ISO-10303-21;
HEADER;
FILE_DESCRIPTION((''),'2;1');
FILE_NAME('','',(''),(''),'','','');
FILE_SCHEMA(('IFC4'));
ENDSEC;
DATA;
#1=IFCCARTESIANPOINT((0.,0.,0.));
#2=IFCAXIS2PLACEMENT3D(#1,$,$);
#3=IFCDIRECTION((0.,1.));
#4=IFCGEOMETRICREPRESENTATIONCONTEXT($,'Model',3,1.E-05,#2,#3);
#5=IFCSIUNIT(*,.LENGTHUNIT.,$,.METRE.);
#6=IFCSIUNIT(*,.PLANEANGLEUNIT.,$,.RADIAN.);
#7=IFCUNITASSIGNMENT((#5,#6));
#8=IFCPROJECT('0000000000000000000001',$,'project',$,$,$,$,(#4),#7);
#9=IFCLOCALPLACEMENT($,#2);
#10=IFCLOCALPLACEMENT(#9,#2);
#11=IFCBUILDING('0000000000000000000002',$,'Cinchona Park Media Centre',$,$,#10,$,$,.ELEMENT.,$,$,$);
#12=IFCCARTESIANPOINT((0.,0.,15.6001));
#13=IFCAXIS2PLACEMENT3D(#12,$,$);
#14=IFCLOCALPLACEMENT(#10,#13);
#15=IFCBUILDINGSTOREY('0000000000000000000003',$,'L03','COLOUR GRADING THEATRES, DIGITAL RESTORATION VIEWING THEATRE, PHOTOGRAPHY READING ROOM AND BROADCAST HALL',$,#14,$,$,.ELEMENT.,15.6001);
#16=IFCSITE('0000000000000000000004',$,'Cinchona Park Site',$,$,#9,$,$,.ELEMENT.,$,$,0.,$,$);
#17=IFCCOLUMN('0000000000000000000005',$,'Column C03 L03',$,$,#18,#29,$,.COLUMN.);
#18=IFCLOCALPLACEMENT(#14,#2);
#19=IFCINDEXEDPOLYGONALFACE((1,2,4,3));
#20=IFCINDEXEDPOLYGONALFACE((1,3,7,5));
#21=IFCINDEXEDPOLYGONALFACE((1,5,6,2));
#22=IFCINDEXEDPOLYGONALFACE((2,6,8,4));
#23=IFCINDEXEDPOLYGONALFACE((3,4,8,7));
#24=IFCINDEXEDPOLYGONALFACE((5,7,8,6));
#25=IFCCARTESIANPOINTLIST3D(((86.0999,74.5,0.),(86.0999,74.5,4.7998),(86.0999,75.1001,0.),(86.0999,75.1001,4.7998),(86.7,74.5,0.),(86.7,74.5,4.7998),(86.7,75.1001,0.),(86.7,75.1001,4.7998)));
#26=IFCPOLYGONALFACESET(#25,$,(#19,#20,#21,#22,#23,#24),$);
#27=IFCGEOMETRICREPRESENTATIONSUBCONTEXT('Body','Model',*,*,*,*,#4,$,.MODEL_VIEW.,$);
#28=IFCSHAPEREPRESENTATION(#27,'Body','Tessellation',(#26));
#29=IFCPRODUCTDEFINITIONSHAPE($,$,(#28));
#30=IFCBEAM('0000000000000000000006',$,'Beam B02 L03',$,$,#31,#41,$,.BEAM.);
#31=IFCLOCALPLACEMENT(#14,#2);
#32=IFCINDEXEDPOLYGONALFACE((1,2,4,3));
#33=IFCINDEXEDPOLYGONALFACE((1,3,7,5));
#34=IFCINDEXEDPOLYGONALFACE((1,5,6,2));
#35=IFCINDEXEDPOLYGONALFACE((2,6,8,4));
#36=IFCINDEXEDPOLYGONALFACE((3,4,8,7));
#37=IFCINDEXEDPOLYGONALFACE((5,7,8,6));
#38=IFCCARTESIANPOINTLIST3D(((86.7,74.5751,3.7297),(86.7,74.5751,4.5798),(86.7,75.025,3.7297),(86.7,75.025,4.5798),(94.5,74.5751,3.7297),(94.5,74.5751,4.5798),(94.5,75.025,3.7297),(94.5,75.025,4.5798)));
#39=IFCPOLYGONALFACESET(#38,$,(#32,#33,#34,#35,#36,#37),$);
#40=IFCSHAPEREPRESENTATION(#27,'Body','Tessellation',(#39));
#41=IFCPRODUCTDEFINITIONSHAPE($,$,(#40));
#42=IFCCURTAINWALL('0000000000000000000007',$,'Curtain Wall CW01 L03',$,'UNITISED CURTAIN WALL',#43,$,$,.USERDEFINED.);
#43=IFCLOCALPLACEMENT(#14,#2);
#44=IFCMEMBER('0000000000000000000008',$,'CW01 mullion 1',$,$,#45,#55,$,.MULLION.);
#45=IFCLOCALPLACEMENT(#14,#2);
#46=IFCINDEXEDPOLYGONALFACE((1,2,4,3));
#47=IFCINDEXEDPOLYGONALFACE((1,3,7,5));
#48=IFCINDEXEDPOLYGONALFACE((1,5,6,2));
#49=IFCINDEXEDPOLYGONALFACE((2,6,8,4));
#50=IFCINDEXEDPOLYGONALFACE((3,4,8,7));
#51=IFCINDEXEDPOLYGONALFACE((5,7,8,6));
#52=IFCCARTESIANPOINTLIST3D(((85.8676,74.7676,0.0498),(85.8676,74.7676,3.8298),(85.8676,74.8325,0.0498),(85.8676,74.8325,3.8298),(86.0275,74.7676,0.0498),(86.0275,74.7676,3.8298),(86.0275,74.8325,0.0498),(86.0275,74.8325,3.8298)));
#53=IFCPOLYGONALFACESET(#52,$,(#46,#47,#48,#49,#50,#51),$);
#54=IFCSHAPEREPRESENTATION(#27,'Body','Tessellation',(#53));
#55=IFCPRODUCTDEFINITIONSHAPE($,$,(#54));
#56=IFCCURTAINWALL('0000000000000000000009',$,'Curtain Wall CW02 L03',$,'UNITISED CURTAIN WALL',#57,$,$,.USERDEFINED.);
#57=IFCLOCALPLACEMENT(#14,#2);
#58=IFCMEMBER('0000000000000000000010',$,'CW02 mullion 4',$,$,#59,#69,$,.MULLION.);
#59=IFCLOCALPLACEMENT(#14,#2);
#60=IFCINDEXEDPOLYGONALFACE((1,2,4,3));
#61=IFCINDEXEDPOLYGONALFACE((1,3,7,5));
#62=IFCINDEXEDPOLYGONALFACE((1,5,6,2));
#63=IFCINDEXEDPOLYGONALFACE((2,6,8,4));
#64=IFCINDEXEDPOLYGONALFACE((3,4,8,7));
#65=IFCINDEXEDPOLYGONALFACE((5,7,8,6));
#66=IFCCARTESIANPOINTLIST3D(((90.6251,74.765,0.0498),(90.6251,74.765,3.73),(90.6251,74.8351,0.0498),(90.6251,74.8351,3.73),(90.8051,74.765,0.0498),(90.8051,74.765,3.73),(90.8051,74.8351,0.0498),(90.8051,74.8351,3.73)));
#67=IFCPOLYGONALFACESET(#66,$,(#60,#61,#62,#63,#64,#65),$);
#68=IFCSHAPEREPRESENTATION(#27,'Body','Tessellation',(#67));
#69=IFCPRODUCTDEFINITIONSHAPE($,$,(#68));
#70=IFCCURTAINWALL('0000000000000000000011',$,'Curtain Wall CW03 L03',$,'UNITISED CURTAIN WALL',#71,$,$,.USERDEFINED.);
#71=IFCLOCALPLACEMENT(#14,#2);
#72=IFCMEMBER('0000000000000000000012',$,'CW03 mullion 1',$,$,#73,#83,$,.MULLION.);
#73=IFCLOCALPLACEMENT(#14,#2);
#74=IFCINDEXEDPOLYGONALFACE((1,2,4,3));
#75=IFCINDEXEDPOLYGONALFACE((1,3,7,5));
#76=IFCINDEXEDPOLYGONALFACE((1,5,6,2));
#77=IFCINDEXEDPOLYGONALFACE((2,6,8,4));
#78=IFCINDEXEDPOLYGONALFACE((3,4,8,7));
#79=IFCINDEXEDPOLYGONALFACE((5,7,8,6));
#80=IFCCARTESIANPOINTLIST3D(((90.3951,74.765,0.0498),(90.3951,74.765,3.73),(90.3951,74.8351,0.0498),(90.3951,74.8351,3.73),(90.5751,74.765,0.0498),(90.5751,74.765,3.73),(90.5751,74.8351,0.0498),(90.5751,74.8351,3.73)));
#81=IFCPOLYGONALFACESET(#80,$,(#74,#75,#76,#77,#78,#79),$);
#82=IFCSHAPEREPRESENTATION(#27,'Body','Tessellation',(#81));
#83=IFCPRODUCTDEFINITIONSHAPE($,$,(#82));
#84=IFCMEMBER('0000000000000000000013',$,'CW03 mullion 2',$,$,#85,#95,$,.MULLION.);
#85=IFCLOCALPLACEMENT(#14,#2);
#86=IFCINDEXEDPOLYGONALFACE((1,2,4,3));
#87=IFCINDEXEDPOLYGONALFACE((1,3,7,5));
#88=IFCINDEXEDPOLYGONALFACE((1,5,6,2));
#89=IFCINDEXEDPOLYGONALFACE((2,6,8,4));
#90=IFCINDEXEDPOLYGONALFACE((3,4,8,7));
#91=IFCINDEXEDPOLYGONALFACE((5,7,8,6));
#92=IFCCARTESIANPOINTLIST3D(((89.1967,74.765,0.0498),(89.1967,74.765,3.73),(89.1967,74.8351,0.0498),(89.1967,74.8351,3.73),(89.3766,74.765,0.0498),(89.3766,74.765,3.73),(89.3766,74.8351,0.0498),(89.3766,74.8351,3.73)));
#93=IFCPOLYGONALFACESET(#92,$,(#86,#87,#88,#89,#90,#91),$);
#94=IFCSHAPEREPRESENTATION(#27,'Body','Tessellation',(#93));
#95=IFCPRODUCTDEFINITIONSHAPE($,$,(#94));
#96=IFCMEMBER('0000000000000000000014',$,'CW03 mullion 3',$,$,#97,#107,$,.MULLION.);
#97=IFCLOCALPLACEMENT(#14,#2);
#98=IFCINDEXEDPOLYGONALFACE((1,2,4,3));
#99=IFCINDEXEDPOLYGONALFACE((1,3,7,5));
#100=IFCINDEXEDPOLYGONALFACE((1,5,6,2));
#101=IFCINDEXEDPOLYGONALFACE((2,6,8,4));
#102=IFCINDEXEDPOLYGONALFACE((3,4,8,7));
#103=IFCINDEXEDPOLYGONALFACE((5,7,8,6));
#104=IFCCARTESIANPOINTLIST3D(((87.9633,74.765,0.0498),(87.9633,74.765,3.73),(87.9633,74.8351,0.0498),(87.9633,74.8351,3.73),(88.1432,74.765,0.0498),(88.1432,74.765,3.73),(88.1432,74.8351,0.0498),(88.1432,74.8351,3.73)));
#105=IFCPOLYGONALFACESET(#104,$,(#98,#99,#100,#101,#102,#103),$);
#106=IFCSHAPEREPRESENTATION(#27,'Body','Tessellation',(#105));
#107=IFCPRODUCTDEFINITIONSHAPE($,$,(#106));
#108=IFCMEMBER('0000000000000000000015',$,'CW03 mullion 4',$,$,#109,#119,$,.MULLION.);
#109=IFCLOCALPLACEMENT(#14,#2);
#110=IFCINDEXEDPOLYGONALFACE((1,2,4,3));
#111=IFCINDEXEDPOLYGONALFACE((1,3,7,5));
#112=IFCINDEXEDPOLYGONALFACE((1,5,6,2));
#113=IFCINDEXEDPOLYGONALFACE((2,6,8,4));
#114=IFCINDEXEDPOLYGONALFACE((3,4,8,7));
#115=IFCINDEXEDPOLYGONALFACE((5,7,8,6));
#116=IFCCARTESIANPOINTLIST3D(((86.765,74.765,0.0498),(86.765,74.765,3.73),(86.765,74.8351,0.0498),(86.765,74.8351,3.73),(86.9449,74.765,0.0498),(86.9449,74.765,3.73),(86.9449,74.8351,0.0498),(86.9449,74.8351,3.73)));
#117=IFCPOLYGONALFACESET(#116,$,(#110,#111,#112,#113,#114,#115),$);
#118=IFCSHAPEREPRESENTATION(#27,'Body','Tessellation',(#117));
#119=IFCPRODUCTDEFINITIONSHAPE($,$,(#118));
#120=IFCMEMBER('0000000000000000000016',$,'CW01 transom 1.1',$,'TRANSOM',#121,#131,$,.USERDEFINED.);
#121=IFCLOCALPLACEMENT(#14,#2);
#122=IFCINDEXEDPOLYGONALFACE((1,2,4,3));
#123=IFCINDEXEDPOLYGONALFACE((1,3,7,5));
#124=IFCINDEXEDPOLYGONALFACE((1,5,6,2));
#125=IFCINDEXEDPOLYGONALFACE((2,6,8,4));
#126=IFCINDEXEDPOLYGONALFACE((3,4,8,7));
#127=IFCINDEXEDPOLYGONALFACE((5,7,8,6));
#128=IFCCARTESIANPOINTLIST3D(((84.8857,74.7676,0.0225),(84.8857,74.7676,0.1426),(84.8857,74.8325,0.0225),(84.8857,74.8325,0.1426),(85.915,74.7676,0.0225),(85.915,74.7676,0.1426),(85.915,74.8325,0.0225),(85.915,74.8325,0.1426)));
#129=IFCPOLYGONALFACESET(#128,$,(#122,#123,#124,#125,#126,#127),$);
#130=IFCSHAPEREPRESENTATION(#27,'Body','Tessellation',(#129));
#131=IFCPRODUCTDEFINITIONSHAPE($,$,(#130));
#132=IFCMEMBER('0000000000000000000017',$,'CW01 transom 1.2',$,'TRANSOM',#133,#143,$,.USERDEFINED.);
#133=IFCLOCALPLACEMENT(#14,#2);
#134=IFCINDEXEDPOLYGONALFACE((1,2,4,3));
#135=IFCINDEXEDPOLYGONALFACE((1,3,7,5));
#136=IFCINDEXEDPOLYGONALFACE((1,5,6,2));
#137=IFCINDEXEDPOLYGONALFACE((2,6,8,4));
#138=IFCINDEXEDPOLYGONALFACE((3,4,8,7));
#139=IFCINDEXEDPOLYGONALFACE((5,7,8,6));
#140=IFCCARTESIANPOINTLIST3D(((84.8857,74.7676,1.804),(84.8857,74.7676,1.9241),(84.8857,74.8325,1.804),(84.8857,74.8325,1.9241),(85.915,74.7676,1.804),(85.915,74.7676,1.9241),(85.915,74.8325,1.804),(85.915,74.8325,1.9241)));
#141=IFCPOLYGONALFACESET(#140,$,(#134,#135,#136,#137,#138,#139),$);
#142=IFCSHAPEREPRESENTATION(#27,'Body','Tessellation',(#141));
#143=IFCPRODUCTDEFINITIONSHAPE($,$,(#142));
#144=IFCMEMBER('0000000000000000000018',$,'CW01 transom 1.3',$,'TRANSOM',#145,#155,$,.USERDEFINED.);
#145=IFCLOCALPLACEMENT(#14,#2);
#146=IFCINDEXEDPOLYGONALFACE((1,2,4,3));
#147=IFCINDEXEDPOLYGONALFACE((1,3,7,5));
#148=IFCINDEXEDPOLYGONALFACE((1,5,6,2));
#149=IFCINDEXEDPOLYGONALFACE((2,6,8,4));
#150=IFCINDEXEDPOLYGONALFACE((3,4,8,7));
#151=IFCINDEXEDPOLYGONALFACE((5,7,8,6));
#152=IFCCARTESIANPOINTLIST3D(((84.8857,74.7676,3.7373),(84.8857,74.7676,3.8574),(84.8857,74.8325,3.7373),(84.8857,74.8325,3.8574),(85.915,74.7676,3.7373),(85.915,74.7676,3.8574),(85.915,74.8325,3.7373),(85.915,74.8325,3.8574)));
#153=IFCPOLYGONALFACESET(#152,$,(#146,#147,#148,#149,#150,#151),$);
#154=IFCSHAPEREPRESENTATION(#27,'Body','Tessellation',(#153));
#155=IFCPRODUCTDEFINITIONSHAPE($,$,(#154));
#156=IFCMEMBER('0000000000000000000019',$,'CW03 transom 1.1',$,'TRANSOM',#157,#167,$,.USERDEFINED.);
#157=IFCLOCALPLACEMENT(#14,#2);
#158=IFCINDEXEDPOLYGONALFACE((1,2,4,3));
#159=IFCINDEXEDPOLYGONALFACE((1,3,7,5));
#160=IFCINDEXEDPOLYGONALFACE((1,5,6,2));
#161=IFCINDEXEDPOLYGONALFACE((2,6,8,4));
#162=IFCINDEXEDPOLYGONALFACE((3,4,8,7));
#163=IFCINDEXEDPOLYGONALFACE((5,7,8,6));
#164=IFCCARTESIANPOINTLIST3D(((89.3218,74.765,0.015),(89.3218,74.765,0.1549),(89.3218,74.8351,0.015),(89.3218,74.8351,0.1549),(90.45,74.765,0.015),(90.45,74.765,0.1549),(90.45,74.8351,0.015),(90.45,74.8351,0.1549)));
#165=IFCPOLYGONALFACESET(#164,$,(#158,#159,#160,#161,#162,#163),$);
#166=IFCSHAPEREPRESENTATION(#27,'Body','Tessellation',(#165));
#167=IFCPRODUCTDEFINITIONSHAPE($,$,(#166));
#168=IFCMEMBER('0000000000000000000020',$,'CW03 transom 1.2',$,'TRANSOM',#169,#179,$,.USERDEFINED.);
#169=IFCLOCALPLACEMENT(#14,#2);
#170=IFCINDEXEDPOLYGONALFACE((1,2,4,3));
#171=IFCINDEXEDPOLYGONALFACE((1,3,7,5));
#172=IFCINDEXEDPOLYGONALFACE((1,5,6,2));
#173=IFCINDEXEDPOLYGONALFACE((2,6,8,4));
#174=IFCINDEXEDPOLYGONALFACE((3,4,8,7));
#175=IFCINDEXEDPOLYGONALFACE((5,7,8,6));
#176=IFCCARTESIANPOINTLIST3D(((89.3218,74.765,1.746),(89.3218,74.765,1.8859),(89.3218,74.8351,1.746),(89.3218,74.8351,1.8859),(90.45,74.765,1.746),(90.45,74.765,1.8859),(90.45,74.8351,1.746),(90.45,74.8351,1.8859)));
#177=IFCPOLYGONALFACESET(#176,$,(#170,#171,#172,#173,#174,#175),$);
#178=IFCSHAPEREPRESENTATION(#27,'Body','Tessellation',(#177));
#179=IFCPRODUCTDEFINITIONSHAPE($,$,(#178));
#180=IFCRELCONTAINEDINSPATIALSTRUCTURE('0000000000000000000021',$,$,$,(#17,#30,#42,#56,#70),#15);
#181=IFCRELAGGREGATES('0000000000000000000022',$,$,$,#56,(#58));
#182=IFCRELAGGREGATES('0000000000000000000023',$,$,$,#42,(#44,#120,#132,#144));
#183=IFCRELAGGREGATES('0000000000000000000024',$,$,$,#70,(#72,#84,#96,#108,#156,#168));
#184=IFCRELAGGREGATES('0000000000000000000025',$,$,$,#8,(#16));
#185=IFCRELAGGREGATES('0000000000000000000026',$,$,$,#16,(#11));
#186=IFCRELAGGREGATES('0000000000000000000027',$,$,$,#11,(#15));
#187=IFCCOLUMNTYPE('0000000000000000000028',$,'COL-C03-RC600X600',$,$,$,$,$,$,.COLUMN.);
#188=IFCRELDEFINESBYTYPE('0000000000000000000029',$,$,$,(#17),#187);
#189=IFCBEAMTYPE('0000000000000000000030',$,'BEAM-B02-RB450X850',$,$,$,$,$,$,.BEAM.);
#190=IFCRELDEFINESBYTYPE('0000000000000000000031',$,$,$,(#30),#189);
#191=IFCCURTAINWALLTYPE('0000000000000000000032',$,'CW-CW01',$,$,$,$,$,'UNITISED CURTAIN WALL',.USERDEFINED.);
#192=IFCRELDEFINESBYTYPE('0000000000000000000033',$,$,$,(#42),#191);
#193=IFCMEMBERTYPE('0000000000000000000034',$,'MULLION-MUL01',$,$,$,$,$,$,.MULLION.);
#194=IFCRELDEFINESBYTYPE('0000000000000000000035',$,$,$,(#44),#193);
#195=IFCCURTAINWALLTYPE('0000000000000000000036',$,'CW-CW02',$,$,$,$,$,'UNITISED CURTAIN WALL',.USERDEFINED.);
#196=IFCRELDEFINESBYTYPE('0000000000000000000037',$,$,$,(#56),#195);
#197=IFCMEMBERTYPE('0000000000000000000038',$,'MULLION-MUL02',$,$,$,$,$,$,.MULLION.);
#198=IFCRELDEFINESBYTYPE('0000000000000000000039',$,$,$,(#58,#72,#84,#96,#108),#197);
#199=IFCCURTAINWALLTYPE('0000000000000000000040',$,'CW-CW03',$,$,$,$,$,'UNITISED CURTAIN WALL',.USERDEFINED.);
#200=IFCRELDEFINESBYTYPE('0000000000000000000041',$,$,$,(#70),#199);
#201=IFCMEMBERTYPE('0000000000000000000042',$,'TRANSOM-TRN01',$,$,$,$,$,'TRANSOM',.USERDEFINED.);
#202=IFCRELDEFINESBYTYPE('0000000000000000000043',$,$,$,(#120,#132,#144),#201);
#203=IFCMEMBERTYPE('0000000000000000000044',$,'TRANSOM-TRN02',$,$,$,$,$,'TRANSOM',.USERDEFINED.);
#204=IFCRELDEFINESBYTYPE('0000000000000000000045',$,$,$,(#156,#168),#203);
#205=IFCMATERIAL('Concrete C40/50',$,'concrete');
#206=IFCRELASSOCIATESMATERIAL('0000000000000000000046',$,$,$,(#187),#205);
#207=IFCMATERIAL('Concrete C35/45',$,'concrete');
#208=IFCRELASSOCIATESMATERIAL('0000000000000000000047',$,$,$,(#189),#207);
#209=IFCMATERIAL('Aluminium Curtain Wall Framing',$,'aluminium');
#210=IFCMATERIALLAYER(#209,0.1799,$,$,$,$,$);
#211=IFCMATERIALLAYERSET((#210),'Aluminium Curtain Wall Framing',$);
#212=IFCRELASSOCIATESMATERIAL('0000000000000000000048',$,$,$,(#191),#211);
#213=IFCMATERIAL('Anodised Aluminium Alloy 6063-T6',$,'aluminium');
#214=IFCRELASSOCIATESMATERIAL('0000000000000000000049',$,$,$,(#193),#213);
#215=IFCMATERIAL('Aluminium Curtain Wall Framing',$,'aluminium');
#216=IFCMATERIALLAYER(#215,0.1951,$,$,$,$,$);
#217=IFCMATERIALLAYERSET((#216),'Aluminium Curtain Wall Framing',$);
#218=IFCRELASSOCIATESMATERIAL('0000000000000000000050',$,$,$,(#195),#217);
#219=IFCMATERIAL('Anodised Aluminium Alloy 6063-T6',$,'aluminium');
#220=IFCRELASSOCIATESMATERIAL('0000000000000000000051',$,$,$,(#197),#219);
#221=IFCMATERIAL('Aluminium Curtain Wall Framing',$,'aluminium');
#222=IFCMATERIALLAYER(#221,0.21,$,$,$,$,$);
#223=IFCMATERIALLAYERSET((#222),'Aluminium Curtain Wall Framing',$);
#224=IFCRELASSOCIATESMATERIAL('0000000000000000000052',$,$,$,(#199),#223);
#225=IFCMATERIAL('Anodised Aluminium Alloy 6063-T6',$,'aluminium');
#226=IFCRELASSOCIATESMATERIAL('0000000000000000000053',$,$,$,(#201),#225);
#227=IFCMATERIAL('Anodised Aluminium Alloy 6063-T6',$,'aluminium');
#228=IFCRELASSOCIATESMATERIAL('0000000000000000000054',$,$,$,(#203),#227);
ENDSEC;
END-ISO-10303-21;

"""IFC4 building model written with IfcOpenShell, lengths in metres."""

from ifc_helpers import new_model, si_unit, direction, frame, origin, origin_2d, place, context, subcontext, project, spatial, rectangle, extrude, material, layer, layer_set, material_profile, profile_set, type_object, element, aggregate, save


model = new_model("IFC4")

# Units and contexts
model_context = context("Model", 3, precision=1e-05, world=origin(), true_north=direction((0.0, 1.0)))
body_context = subcontext(model_context, "Body", "Model", "MODEL_VIEW")
ifc_project = project(units=[si_unit("LENGTHUNIT", "METRE"), si_unit("PLANEANGLEUNIT", "RADIAN")], contexts=[model_context])

# Site, building, storey
site_placement = place(None, origin())
site = spatial("IfcSite", under=ifc_project, at=site_placement, Name="Cinchona Park Site", CompositionType="ELEMENT", RefElevation=0.0)
building_placement = place(site_placement, origin())
building = spatial("IfcBuilding", under=site, at=building_placement, Name="Cinchona Park Media Centre", CompositionType="ELEMENT")
storey_placement = place(building_placement, frame((0.0, 0.0, 15.6001)))
storey = spatial("IfcBuildingStorey", under=building, at=storey_placement, Name="L03", Description="COLOUR GRADING THEATRES, DIGITAL RESTORATION VIEWING THEATRE, PHOTOGRAPHY READING ROOM AND BROADCAST HALL", CompositionType="ELEMENT", Elevation=15.6001)

# Column
ifc_material_1 = material(Name="Concrete C40/50", Category="concrete")
ifc_material_profile_1 = material_profile(ifc_material_1, rectangle(XDim=0.6001, YDim=0.6001, at=origin_2d()), Name="RC 600X600")
ifc_profile_set_1 = profile_set([ifc_material_profile_1], Name="Concrete C40/50")
column_type = type_object("IfcColumnType", Name="COL-C03-RC600X600", PredefinedType="COLUMN", material=ifc_profile_set_1)
column_placement = place(storey_placement, frame((86.3999, 74.8, 0.0), z_axis=(0.0, 0.0, 1.0), x_axis=(1.0, 0.0, 0.0)))
element("IfcColumn", 1, at=column_placement, inside=storey, type_object=column_type, Name="Column C03 L03", PredefinedType="COLUMN", context=body_context, shape_type="SweptSolid", body=[
    extrude(rectangle(XDim=0.6001, YDim=0.6001, at=origin_2d()), origin(), (0.0, 0.0, 1.0), 4.7998),
])

# Beam
ifc_material_2 = material(Name="Concrete C35/45", Category="concrete")
ifc_material_profile_2 = material_profile(ifc_material_2, rectangle(XDim=0.45, YDim=0.8501, at=origin_2d()), Name="RB 450X850")
ifc_profile_set_2 = profile_set([ifc_material_profile_2], Name="Concrete C35/45")
beam_type = type_object("IfcBeamType", Name="BEAM-B02-RB450X850", PredefinedType="BEAM", material=ifc_profile_set_2)
beam_placement = place(storey_placement, frame((86.7, 74.8, 4.1548), z_axis=(1.0, 0.0, 0.0), x_axis=(0.0, 1.0, 0.0)))
element("IfcBeam", 2, at=beam_placement, inside=storey, type_object=beam_type, Name="Beam B02 L03", PredefinedType="BEAM", context=body_context, shape_type="SweptSolid", body=[
    extrude(rectangle(XDim=0.45, YDim=0.8501, at=origin_2d()), origin(), (0.0, 0.0, 1.0), 7.8),
])

# Curtain walls, members
ifc_material_3 = material(Name="Aluminium Curtain Wall Framing", Category="aluminium")
ifc_layer_1 = layer(ifc_material_3, 0.1799)
ifc_layer_set_1 = layer_set([ifc_layer_1], Name="Aluminium Curtain Wall Framing")
curtain_wall_type_1 = type_object("IfcCurtainWallType", Name="CW-CW01", ElementType="UNITISED CURTAIN WALL", PredefinedType="USERDEFINED", material=ifc_layer_set_1)
curtain_wall_1_placement = place(storey_placement, origin())
curtain_wall_1 = element("IfcCurtainWall", 3, at=curtain_wall_1_placement, inside=storey, type_object=curtain_wall_type_1, Name="Curtain Wall CW01 L03", ObjectType="UNITISED CURTAIN WALL", PredefinedType="USERDEFINED")
ifc_material_4 = material(Name="Anodised Aluminium Alloy 6063-T6", Category="aluminium")
ifc_material_profile_3 = material_profile(ifc_material_4, rectangle(XDim=0.0649, YDim=0.1599, at=origin_2d()), Name="MUL-65X160")
ifc_profile_set_3 = profile_set([ifc_material_profile_3], Name="Anodised Aluminium Alloy 6063-T6")
member_type_1 = type_object("IfcMemberType", Name="MULLION-MUL01", PredefinedType="MULLION", material=ifc_profile_set_3)
member_1_placement = place(storey_placement, frame((85.9475, 74.8, 0.0498), z_axis=(0.0, 0.0, 1.0), x_axis=(0.0, -1.0, 0.0)))
member_1 = element("IfcMember", 4, at=member_1_placement, type_object=member_type_1, Name="CW01 mullion 1", PredefinedType="MULLION", context=body_context, shape_type="SweptSolid", body=[
    extrude(rectangle(XDim=0.0649, YDim=0.1599, at=origin_2d()), origin(), (0.0, 0.0, 1.0), 3.78),
])
ifc_material_5 = material(Name="Aluminium Curtain Wall Framing", Category="aluminium")
ifc_layer_2 = layer(ifc_material_5, 0.1951)
ifc_layer_set_2 = layer_set([ifc_layer_2], Name="Aluminium Curtain Wall Framing")
curtain_wall_type_2 = type_object("IfcCurtainWallType", Name="CW-CW02", ElementType="UNITISED CURTAIN WALL", PredefinedType="USERDEFINED", material=ifc_layer_set_2)
curtain_wall_2_placement = place(storey_placement, origin())
curtain_wall_2 = element("IfcCurtainWall", 5, at=curtain_wall_2_placement, inside=storey, type_object=curtain_wall_type_2, Name="Curtain Wall CW02 L03", ObjectType="UNITISED CURTAIN WALL", PredefinedType="USERDEFINED")
ifc_material_6 = material(Name="Anodised Aluminium Alloy 6063-T6", Category="aluminium")
ifc_material_profile_4 = material_profile(ifc_material_6, rectangle(XDim=0.0701, YDim=0.1799, at=origin_2d()), Name="MUL-70X180")
ifc_profile_set_4 = profile_set([ifc_material_profile_4], Name="Anodised Aluminium Alloy 6063-T6")
member_type_2 = type_object("IfcMemberType", Name="MULLION-MUL02", PredefinedType="MULLION", material=ifc_profile_set_4)
member_2_placement = place(storey_placement, frame((90.7151, 74.8, 0.0498), z_axis=(0.0, 0.0, 1.0), x_axis=(0.0, -1.0, 0.0)))
member_2 = element("IfcMember", 6, at=member_2_placement, type_object=member_type_2, Name="CW02 mullion 4", PredefinedType="MULLION", context=body_context, shape_type="SweptSolid", body=[
    extrude(rectangle(XDim=0.0701, YDim=0.1799, at=origin_2d()), origin(), (0.0, 0.0, 1.0), 3.6802),
])
aggregate(curtain_wall_2, [member_2])

# Curtain wall, members
ifc_material_7 = material(Name="Aluminium Curtain Wall Framing", Category="aluminium")
ifc_layer_3 = layer(ifc_material_7, 0.21)
ifc_layer_set_3 = layer_set([ifc_layer_3], Name="Aluminium Curtain Wall Framing")
curtain_wall_type_3 = type_object("IfcCurtainWallType", Name="CW-CW03", ElementType="UNITISED CURTAIN WALL", PredefinedType="USERDEFINED", material=ifc_layer_set_3)
curtain_wall_3_placement = place(storey_placement, origin())
curtain_wall_3 = element("IfcCurtainWall", 7, at=curtain_wall_3_placement, inside=storey, type_object=curtain_wall_type_3, Name="Curtain Wall CW03 L03", ObjectType="UNITISED CURTAIN WALL", PredefinedType="USERDEFINED")
member_3_placement = place(storey_placement, frame((90.4851, 74.8, 0.0498), z_axis=(0.0, 0.0, 1.0), x_axis=(0.0, -1.0, 0.0)))
member_3 = element("IfcMember", 8, at=member_3_placement, type_object=member_type_2, Name="CW03 mullion 1", PredefinedType="MULLION", context=body_context, shape_type="SweptSolid", body=[
    extrude(rectangle(XDim=0.0701, YDim=0.1799, at=origin_2d()), origin(), (0.0, 0.0, 1.0), 3.6802),
])
member_4_placement = place(storey_placement, frame((89.2866, 74.8, 0.0498), z_axis=(0.0, 0.0, 1.0), x_axis=(0.0, -1.0, 0.0)))
member_4 = element("IfcMember", 9, at=member_4_placement, type_object=member_type_2, Name="CW03 mullion 2", PredefinedType="MULLION", context=body_context, shape_type="SweptSolid", body=[
    extrude(rectangle(XDim=0.0701, YDim=0.1799, at=origin_2d()), origin(), (0.0, 0.0, 1.0), 3.6802),
])
member_5_placement = place(storey_placement, frame((88.0532, 74.8, 0.0498), z_axis=(0.0, 0.0, 1.0), x_axis=(0.0, -1.0, 0.0)))
member_5 = element("IfcMember", 10, at=member_5_placement, type_object=member_type_2, Name="CW03 mullion 3", PredefinedType="MULLION", context=body_context, shape_type="SweptSolid", body=[
    extrude(rectangle(XDim=0.0701, YDim=0.1799, at=origin_2d()), origin(), (0.0, 0.0, 1.0), 3.6802),
])
member_6_placement = place(storey_placement, frame((86.855, 74.8, 0.0498), z_axis=(0.0, 0.0, 1.0), x_axis=(0.0, -1.0, 0.0)))
member_6 = element("IfcMember", 11, at=member_6_placement, type_object=member_type_2, Name="CW03 mullion 4", PredefinedType="MULLION", context=body_context, shape_type="SweptSolid", body=[
    extrude(rectangle(XDim=0.0701, YDim=0.1799, at=origin_2d()), origin(), (0.0, 0.0, 1.0), 3.6802),
])

# Members
ifc_material_8 = material(Name="Anodised Aluminium Alloy 6063-T6", Category="aluminium")
ifc_material_profile_5 = material_profile(ifc_material_8, rectangle(XDim=0.0649, YDim=0.1201, at=origin_2d()), Name="TRN-65X120")
ifc_profile_set_5 = profile_set([ifc_material_profile_5], Name="Anodised Aluminium Alloy 6063-T6")
member_type_3 = type_object("IfcMemberType", Name="TRANSOM-TRN01", ElementType="TRANSOM", PredefinedType="USERDEFINED", material=ifc_profile_set_5)
member_7_placement = place(storey_placement, frame((85.915, 74.8, 0.0825), z_axis=(-1.0, 0.0, 0.0), x_axis=(0.0, -1.0, 0.0)))
member_7 = element("IfcMember", 12, at=member_7_placement, type_object=member_type_3, Name="CW01 transom 1.1", ObjectType="TRANSOM", PredefinedType="USERDEFINED", context=body_context, shape_type="SweptSolid", body=[
    extrude(rectangle(XDim=0.0649, YDim=0.1201, at=origin_2d()), origin(), (0.0, 0.0, 1.0), 1.0293),
])
member_8_placement = place(storey_placement, frame((85.915, 74.8, 1.864), z_axis=(-1.0, 0.0, 0.0), x_axis=(0.0, -1.0, 0.0)))
member_8 = element("IfcMember", 13, at=member_8_placement, type_object=member_type_3, Name="CW01 transom 1.2", ObjectType="TRANSOM", PredefinedType="USERDEFINED", context=body_context, shape_type="SweptSolid", body=[
    extrude(rectangle(XDim=0.0649, YDim=0.1201, at=origin_2d()), origin(), (0.0, 0.0, 1.0), 1.0293),
])
member_9_placement = place(storey_placement, frame((85.915, 74.8, 3.7974), z_axis=(-1.0, 0.0, 0.0), x_axis=(0.0, -1.0, 0.0)))
member_9 = element("IfcMember", 14, at=member_9_placement, type_object=member_type_3, Name="CW01 transom 1.3", ObjectType="TRANSOM", PredefinedType="USERDEFINED", context=body_context, shape_type="SweptSolid", body=[
    extrude(rectangle(XDim=0.0649, YDim=0.1201, at=origin_2d()), origin(), (0.0, 0.0, 1.0), 1.0293),
])
aggregate(curtain_wall_1, [member_1, member_7, member_8, member_9])
ifc_material_9 = material(Name="Anodised Aluminium Alloy 6063-T6", Category="aluminium")
ifc_material_profile_6 = material_profile(ifc_material_9, rectangle(XDim=0.0701, YDim=0.1399, at=origin_2d()), Name="TRN-70X140")
ifc_profile_set_6 = profile_set([ifc_material_profile_6], Name="Anodised Aluminium Alloy 6063-T6")
member_type_4 = type_object("IfcMemberType", Name="TRANSOM-TRN02", ElementType="TRANSOM", PredefinedType="USERDEFINED", material=ifc_profile_set_6)
member_10_placement = place(storey_placement, frame((90.45, 74.8, 0.085), z_axis=(-1.0, 0.0, 0.0), x_axis=(0.0, -1.0, 0.0)))
member_10 = element("IfcMember", 15, at=member_10_placement, type_object=member_type_4, Name="CW03 transom 1.1", ObjectType="TRANSOM", PredefinedType="USERDEFINED", context=body_context, shape_type="SweptSolid", body=[
    extrude(rectangle(XDim=0.0701, YDim=0.1399, at=origin_2d()), origin(), (0.0, 0.0, 1.0), 1.1282),
])
member_11_placement = place(storey_placement, frame((90.45, 74.8, 1.8159), z_axis=(-1.0, 0.0, 0.0), x_axis=(0.0, -1.0, 0.0)))
member_11 = element("IfcMember", 16, at=member_11_placement, type_object=member_type_4, Name="CW03 transom 1.2", ObjectType="TRANSOM", PredefinedType="USERDEFINED", context=body_context, shape_type="SweptSolid", body=[
    extrude(rectangle(XDim=0.0701, YDim=0.1399, at=origin_2d()), origin(), (0.0, 0.0, 1.0), 1.1282),
])

aggregate(curtain_wall_3, [member_3, member_4, member_5, member_6, member_10, member_11])

save(model, "model.ifc")
